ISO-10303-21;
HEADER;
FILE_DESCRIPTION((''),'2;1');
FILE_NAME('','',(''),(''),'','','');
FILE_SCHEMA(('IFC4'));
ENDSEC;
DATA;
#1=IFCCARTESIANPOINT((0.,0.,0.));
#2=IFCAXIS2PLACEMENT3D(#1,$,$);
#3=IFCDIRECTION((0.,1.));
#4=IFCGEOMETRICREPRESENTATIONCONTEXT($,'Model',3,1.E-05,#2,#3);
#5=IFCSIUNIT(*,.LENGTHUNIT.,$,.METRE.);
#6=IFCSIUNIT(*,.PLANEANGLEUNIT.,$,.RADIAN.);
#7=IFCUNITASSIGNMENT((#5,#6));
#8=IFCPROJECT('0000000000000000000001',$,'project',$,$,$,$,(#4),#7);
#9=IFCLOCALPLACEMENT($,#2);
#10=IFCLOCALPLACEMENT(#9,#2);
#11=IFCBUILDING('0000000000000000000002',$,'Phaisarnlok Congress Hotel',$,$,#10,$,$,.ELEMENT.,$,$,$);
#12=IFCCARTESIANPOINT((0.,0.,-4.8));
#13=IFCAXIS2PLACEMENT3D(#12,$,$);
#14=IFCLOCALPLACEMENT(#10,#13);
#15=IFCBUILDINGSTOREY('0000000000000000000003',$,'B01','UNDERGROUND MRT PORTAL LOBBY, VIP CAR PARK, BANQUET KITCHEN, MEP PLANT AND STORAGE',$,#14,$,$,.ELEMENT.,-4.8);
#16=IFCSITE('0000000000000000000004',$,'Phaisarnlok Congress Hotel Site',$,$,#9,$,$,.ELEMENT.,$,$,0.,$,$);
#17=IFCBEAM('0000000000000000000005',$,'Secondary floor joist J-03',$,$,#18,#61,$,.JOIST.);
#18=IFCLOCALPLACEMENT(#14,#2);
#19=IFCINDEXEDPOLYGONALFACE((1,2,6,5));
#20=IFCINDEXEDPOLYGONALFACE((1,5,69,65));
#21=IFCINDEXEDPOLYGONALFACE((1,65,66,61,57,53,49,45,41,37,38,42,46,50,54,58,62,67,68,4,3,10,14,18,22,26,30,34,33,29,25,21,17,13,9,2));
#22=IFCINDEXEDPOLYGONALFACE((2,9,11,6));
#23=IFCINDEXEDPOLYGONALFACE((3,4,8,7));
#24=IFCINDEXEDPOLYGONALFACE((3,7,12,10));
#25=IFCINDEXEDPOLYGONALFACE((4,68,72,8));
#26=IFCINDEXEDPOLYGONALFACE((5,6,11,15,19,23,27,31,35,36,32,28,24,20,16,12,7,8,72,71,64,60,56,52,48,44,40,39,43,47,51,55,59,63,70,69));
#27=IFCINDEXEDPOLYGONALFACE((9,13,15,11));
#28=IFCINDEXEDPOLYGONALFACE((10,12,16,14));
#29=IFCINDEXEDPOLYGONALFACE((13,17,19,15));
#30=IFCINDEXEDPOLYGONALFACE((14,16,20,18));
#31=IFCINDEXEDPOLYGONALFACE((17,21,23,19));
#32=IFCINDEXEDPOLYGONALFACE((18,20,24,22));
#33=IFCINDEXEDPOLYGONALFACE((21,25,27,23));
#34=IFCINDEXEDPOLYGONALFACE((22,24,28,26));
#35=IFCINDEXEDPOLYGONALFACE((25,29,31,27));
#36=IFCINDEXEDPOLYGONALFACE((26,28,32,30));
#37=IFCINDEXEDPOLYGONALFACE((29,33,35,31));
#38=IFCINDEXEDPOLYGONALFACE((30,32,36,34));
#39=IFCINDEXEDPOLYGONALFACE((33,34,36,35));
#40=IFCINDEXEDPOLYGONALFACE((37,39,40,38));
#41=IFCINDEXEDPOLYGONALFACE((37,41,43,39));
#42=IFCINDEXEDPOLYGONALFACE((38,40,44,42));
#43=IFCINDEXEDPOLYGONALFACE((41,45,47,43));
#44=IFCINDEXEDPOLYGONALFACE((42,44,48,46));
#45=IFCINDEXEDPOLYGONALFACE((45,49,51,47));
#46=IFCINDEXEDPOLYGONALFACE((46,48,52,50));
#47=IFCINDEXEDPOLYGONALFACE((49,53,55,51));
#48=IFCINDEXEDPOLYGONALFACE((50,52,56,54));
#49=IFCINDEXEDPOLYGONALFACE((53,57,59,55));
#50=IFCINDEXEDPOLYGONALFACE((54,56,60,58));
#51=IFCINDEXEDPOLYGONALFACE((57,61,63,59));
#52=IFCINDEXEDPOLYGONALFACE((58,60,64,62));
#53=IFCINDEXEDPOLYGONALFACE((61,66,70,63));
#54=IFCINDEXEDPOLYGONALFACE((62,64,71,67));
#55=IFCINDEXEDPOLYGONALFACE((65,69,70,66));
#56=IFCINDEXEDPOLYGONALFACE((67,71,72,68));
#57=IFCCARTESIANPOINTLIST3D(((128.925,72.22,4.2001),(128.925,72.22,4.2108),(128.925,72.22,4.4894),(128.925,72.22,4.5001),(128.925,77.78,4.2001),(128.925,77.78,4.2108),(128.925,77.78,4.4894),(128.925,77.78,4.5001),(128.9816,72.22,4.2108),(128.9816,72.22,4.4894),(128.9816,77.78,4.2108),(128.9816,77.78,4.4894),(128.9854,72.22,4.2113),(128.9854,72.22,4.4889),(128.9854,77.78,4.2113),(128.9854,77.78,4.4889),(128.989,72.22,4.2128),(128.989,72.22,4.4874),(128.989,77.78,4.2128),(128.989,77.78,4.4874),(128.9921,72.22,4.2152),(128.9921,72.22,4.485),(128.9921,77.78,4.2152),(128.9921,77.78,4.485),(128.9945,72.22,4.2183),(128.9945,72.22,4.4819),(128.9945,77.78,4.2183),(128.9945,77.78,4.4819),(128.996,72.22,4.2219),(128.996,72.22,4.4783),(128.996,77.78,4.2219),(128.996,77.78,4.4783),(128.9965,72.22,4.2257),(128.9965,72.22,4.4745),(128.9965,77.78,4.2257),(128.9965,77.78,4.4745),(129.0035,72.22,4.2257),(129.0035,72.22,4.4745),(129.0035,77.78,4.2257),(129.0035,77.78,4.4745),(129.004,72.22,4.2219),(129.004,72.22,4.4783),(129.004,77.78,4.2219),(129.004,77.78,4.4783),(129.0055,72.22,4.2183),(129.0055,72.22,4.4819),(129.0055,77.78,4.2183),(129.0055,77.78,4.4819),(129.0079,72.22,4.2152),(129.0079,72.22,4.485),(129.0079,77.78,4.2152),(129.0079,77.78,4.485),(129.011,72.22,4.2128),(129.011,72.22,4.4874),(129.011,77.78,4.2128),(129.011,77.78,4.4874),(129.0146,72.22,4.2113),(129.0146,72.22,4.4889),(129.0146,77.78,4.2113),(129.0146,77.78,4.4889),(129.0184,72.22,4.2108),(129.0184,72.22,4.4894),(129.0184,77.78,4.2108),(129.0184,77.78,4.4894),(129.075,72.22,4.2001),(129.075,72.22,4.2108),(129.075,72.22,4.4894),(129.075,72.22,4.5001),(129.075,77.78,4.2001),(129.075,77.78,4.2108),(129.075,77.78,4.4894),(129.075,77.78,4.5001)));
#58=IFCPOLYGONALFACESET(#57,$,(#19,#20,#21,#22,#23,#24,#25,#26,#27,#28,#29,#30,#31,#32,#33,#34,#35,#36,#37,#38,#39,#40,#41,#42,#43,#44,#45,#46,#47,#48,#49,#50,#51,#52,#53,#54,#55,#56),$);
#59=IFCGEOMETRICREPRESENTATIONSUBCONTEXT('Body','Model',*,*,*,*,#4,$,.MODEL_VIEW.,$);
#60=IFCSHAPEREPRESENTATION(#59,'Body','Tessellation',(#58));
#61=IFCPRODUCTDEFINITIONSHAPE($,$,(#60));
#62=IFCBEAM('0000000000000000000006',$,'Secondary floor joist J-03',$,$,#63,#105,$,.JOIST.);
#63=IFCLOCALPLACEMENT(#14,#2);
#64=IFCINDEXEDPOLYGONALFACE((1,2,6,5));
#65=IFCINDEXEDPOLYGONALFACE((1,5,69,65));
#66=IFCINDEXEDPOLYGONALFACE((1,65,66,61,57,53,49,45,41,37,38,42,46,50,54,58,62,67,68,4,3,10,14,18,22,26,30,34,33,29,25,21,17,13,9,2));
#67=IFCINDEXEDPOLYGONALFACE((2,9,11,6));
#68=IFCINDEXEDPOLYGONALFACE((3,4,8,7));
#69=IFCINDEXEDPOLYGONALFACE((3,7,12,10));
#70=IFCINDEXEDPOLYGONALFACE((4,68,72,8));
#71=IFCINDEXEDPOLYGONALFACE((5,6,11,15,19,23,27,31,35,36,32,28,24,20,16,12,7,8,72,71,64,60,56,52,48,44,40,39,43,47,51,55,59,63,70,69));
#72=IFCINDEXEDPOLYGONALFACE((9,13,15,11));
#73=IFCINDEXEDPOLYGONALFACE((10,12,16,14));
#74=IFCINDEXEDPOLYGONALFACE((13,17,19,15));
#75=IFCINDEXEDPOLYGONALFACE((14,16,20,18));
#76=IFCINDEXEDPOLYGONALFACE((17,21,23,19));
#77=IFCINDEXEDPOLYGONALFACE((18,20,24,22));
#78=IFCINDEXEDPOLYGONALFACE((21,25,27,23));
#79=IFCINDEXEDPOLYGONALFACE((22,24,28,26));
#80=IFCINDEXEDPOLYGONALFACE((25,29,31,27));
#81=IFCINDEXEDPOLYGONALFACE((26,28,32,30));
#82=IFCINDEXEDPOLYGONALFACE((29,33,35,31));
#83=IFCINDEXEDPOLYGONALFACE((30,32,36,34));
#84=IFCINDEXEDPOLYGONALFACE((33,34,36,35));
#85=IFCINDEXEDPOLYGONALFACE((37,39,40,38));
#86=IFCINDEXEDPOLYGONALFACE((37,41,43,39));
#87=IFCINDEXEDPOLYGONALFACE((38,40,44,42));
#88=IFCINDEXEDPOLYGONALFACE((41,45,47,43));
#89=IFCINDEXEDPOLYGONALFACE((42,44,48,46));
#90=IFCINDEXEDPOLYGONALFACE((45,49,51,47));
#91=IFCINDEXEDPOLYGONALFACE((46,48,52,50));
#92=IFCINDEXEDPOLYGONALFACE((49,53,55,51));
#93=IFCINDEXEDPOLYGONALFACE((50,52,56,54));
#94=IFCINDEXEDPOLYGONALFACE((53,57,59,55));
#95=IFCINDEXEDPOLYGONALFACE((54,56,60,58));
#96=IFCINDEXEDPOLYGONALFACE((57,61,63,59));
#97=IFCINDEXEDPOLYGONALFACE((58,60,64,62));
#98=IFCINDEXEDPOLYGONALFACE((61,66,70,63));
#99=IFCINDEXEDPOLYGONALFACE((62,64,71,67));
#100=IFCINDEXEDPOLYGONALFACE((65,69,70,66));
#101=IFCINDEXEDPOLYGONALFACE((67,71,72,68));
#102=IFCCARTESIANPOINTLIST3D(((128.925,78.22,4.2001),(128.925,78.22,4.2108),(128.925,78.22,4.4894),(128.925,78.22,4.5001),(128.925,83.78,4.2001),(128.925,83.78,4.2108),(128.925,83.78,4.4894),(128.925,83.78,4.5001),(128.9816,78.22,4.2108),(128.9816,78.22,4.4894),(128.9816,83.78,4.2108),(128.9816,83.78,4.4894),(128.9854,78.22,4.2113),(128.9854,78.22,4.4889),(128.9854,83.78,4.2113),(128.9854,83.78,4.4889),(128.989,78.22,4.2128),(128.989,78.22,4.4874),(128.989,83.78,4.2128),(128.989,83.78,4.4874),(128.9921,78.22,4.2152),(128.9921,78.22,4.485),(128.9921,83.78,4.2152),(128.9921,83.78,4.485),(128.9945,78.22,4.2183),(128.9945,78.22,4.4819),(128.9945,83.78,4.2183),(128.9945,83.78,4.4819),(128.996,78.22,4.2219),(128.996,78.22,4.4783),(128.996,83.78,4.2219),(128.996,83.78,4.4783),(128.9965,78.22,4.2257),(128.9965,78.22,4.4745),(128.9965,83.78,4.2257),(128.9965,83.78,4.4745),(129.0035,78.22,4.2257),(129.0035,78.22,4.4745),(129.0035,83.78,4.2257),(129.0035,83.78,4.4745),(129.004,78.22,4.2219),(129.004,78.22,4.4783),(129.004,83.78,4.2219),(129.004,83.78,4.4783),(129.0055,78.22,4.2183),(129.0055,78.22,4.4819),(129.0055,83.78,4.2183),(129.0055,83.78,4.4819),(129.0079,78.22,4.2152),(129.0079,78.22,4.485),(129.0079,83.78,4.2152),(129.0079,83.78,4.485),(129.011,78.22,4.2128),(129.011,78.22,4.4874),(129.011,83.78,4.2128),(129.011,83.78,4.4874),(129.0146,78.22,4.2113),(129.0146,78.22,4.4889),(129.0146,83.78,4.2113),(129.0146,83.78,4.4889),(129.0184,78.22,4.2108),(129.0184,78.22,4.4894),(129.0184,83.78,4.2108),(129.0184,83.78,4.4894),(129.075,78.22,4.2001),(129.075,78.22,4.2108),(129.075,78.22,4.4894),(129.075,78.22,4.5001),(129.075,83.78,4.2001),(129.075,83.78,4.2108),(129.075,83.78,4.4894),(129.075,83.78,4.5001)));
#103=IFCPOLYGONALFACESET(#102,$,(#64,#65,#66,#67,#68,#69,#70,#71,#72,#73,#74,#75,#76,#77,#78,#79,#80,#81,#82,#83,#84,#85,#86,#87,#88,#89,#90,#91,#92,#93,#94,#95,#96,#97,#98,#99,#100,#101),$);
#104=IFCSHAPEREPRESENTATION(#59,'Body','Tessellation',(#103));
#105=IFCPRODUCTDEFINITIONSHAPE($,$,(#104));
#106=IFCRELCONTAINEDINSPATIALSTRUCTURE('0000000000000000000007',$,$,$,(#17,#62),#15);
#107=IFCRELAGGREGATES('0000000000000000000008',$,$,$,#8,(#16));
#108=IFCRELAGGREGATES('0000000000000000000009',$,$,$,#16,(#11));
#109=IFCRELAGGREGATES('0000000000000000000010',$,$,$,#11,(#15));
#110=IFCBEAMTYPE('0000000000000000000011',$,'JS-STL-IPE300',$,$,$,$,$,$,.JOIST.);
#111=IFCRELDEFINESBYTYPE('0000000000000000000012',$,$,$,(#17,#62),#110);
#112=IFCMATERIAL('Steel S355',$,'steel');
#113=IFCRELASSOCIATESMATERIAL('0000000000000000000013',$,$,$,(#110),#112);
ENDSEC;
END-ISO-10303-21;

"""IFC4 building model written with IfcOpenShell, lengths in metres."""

from ifc_helpers import new_model, si_unit, direction, frame, origin, origin_2d, place, context, subcontext, project, spatial, i_section, extrude, material, material_profile, profile_set, type_object, element, save


model = new_model("IFC4")

# Units and contexts
model_context = context("Model", 3, precision=1e-05, world=origin(), true_north=direction((0.0, 1.0)))
body_context = subcontext(model_context, "Body", "Model", "MODEL_VIEW")
ifc_project = project(units=[si_unit("LENGTHUNIT", "METRE"), si_unit("PLANEANGLEUNIT", "RADIAN")], contexts=[model_context])

# Site, building, storey
site_placement = place(None, origin())
site = spatial("IfcSite", under=ifc_project, at=site_placement, Name="Phaisarnlok Congress Hotel Site", CompositionType="ELEMENT", RefElevation=0.0)
building_placement = place(site_placement, origin())
building = spatial("IfcBuilding", under=site, at=building_placement, Name="Phaisarnlok Congress Hotel", CompositionType="ELEMENT")
storey_placement = place(building_placement, frame((0.0, 0.0, -4.8)))
storey = spatial("IfcBuildingStorey", under=building, at=storey_placement, Name="B01", Description="UNDERGROUND MRT PORTAL LOBBY, VIP CAR PARK, BANQUET KITCHEN, MEP PLANT AND STORAGE", CompositionType="ELEMENT", Elevation=-4.8)

# Beams
ifc_material_1 = material(Name="Steel S355", Category="steel")
ifc_material_profile_1 = material_profile(ifc_material_1, i_section(OverallWidth=0.1499, OverallDepth=0.3, WebThickness=0.0071, FlangeThickness=0.0107, FilletRadius=0.0149, at=origin_2d()), Name="IPE 300")
ifc_profile_set_1 = profile_set([ifc_material_profile_1], Name="Steel S355")
beam_type_1 = type_object("IfcBeamType", Name="JS-STL-IPE300", PredefinedType="JOIST", material=ifc_profile_set_1)
for number, where, z_axis, x_axis, name in (
    (1, (129.0, 72.22, 4.3501), (0.0, 1.0, 0.0), (-1.0, 0.0, 0.0), "Secondary floor joist J-03"),
    (2, (129.0, 78.22, 4.3501), (0.0, 1.0, 0.0), (-1.0, 0.0, 0.0), "Secondary floor joist J-03"),
):
    element("IfcBeam", number, at=place(storey_placement, frame(where, z_axis=z_axis, x_axis=x_axis)), inside=storey, type_object=beam_type_1, Name=name, PredefinedType="JOIST", context=body_context, shape_type="SweptSolid", body=[
        extrude(i_section(OverallWidth=0.1499, OverallDepth=0.3, WebThickness=0.0071, FlangeThickness=0.0107, FilletRadius=0.0149, at=origin_2d()), origin(), (0.0, 0.0, 1.0), 5.5601),
    ])

save(model, "model.ifc")
